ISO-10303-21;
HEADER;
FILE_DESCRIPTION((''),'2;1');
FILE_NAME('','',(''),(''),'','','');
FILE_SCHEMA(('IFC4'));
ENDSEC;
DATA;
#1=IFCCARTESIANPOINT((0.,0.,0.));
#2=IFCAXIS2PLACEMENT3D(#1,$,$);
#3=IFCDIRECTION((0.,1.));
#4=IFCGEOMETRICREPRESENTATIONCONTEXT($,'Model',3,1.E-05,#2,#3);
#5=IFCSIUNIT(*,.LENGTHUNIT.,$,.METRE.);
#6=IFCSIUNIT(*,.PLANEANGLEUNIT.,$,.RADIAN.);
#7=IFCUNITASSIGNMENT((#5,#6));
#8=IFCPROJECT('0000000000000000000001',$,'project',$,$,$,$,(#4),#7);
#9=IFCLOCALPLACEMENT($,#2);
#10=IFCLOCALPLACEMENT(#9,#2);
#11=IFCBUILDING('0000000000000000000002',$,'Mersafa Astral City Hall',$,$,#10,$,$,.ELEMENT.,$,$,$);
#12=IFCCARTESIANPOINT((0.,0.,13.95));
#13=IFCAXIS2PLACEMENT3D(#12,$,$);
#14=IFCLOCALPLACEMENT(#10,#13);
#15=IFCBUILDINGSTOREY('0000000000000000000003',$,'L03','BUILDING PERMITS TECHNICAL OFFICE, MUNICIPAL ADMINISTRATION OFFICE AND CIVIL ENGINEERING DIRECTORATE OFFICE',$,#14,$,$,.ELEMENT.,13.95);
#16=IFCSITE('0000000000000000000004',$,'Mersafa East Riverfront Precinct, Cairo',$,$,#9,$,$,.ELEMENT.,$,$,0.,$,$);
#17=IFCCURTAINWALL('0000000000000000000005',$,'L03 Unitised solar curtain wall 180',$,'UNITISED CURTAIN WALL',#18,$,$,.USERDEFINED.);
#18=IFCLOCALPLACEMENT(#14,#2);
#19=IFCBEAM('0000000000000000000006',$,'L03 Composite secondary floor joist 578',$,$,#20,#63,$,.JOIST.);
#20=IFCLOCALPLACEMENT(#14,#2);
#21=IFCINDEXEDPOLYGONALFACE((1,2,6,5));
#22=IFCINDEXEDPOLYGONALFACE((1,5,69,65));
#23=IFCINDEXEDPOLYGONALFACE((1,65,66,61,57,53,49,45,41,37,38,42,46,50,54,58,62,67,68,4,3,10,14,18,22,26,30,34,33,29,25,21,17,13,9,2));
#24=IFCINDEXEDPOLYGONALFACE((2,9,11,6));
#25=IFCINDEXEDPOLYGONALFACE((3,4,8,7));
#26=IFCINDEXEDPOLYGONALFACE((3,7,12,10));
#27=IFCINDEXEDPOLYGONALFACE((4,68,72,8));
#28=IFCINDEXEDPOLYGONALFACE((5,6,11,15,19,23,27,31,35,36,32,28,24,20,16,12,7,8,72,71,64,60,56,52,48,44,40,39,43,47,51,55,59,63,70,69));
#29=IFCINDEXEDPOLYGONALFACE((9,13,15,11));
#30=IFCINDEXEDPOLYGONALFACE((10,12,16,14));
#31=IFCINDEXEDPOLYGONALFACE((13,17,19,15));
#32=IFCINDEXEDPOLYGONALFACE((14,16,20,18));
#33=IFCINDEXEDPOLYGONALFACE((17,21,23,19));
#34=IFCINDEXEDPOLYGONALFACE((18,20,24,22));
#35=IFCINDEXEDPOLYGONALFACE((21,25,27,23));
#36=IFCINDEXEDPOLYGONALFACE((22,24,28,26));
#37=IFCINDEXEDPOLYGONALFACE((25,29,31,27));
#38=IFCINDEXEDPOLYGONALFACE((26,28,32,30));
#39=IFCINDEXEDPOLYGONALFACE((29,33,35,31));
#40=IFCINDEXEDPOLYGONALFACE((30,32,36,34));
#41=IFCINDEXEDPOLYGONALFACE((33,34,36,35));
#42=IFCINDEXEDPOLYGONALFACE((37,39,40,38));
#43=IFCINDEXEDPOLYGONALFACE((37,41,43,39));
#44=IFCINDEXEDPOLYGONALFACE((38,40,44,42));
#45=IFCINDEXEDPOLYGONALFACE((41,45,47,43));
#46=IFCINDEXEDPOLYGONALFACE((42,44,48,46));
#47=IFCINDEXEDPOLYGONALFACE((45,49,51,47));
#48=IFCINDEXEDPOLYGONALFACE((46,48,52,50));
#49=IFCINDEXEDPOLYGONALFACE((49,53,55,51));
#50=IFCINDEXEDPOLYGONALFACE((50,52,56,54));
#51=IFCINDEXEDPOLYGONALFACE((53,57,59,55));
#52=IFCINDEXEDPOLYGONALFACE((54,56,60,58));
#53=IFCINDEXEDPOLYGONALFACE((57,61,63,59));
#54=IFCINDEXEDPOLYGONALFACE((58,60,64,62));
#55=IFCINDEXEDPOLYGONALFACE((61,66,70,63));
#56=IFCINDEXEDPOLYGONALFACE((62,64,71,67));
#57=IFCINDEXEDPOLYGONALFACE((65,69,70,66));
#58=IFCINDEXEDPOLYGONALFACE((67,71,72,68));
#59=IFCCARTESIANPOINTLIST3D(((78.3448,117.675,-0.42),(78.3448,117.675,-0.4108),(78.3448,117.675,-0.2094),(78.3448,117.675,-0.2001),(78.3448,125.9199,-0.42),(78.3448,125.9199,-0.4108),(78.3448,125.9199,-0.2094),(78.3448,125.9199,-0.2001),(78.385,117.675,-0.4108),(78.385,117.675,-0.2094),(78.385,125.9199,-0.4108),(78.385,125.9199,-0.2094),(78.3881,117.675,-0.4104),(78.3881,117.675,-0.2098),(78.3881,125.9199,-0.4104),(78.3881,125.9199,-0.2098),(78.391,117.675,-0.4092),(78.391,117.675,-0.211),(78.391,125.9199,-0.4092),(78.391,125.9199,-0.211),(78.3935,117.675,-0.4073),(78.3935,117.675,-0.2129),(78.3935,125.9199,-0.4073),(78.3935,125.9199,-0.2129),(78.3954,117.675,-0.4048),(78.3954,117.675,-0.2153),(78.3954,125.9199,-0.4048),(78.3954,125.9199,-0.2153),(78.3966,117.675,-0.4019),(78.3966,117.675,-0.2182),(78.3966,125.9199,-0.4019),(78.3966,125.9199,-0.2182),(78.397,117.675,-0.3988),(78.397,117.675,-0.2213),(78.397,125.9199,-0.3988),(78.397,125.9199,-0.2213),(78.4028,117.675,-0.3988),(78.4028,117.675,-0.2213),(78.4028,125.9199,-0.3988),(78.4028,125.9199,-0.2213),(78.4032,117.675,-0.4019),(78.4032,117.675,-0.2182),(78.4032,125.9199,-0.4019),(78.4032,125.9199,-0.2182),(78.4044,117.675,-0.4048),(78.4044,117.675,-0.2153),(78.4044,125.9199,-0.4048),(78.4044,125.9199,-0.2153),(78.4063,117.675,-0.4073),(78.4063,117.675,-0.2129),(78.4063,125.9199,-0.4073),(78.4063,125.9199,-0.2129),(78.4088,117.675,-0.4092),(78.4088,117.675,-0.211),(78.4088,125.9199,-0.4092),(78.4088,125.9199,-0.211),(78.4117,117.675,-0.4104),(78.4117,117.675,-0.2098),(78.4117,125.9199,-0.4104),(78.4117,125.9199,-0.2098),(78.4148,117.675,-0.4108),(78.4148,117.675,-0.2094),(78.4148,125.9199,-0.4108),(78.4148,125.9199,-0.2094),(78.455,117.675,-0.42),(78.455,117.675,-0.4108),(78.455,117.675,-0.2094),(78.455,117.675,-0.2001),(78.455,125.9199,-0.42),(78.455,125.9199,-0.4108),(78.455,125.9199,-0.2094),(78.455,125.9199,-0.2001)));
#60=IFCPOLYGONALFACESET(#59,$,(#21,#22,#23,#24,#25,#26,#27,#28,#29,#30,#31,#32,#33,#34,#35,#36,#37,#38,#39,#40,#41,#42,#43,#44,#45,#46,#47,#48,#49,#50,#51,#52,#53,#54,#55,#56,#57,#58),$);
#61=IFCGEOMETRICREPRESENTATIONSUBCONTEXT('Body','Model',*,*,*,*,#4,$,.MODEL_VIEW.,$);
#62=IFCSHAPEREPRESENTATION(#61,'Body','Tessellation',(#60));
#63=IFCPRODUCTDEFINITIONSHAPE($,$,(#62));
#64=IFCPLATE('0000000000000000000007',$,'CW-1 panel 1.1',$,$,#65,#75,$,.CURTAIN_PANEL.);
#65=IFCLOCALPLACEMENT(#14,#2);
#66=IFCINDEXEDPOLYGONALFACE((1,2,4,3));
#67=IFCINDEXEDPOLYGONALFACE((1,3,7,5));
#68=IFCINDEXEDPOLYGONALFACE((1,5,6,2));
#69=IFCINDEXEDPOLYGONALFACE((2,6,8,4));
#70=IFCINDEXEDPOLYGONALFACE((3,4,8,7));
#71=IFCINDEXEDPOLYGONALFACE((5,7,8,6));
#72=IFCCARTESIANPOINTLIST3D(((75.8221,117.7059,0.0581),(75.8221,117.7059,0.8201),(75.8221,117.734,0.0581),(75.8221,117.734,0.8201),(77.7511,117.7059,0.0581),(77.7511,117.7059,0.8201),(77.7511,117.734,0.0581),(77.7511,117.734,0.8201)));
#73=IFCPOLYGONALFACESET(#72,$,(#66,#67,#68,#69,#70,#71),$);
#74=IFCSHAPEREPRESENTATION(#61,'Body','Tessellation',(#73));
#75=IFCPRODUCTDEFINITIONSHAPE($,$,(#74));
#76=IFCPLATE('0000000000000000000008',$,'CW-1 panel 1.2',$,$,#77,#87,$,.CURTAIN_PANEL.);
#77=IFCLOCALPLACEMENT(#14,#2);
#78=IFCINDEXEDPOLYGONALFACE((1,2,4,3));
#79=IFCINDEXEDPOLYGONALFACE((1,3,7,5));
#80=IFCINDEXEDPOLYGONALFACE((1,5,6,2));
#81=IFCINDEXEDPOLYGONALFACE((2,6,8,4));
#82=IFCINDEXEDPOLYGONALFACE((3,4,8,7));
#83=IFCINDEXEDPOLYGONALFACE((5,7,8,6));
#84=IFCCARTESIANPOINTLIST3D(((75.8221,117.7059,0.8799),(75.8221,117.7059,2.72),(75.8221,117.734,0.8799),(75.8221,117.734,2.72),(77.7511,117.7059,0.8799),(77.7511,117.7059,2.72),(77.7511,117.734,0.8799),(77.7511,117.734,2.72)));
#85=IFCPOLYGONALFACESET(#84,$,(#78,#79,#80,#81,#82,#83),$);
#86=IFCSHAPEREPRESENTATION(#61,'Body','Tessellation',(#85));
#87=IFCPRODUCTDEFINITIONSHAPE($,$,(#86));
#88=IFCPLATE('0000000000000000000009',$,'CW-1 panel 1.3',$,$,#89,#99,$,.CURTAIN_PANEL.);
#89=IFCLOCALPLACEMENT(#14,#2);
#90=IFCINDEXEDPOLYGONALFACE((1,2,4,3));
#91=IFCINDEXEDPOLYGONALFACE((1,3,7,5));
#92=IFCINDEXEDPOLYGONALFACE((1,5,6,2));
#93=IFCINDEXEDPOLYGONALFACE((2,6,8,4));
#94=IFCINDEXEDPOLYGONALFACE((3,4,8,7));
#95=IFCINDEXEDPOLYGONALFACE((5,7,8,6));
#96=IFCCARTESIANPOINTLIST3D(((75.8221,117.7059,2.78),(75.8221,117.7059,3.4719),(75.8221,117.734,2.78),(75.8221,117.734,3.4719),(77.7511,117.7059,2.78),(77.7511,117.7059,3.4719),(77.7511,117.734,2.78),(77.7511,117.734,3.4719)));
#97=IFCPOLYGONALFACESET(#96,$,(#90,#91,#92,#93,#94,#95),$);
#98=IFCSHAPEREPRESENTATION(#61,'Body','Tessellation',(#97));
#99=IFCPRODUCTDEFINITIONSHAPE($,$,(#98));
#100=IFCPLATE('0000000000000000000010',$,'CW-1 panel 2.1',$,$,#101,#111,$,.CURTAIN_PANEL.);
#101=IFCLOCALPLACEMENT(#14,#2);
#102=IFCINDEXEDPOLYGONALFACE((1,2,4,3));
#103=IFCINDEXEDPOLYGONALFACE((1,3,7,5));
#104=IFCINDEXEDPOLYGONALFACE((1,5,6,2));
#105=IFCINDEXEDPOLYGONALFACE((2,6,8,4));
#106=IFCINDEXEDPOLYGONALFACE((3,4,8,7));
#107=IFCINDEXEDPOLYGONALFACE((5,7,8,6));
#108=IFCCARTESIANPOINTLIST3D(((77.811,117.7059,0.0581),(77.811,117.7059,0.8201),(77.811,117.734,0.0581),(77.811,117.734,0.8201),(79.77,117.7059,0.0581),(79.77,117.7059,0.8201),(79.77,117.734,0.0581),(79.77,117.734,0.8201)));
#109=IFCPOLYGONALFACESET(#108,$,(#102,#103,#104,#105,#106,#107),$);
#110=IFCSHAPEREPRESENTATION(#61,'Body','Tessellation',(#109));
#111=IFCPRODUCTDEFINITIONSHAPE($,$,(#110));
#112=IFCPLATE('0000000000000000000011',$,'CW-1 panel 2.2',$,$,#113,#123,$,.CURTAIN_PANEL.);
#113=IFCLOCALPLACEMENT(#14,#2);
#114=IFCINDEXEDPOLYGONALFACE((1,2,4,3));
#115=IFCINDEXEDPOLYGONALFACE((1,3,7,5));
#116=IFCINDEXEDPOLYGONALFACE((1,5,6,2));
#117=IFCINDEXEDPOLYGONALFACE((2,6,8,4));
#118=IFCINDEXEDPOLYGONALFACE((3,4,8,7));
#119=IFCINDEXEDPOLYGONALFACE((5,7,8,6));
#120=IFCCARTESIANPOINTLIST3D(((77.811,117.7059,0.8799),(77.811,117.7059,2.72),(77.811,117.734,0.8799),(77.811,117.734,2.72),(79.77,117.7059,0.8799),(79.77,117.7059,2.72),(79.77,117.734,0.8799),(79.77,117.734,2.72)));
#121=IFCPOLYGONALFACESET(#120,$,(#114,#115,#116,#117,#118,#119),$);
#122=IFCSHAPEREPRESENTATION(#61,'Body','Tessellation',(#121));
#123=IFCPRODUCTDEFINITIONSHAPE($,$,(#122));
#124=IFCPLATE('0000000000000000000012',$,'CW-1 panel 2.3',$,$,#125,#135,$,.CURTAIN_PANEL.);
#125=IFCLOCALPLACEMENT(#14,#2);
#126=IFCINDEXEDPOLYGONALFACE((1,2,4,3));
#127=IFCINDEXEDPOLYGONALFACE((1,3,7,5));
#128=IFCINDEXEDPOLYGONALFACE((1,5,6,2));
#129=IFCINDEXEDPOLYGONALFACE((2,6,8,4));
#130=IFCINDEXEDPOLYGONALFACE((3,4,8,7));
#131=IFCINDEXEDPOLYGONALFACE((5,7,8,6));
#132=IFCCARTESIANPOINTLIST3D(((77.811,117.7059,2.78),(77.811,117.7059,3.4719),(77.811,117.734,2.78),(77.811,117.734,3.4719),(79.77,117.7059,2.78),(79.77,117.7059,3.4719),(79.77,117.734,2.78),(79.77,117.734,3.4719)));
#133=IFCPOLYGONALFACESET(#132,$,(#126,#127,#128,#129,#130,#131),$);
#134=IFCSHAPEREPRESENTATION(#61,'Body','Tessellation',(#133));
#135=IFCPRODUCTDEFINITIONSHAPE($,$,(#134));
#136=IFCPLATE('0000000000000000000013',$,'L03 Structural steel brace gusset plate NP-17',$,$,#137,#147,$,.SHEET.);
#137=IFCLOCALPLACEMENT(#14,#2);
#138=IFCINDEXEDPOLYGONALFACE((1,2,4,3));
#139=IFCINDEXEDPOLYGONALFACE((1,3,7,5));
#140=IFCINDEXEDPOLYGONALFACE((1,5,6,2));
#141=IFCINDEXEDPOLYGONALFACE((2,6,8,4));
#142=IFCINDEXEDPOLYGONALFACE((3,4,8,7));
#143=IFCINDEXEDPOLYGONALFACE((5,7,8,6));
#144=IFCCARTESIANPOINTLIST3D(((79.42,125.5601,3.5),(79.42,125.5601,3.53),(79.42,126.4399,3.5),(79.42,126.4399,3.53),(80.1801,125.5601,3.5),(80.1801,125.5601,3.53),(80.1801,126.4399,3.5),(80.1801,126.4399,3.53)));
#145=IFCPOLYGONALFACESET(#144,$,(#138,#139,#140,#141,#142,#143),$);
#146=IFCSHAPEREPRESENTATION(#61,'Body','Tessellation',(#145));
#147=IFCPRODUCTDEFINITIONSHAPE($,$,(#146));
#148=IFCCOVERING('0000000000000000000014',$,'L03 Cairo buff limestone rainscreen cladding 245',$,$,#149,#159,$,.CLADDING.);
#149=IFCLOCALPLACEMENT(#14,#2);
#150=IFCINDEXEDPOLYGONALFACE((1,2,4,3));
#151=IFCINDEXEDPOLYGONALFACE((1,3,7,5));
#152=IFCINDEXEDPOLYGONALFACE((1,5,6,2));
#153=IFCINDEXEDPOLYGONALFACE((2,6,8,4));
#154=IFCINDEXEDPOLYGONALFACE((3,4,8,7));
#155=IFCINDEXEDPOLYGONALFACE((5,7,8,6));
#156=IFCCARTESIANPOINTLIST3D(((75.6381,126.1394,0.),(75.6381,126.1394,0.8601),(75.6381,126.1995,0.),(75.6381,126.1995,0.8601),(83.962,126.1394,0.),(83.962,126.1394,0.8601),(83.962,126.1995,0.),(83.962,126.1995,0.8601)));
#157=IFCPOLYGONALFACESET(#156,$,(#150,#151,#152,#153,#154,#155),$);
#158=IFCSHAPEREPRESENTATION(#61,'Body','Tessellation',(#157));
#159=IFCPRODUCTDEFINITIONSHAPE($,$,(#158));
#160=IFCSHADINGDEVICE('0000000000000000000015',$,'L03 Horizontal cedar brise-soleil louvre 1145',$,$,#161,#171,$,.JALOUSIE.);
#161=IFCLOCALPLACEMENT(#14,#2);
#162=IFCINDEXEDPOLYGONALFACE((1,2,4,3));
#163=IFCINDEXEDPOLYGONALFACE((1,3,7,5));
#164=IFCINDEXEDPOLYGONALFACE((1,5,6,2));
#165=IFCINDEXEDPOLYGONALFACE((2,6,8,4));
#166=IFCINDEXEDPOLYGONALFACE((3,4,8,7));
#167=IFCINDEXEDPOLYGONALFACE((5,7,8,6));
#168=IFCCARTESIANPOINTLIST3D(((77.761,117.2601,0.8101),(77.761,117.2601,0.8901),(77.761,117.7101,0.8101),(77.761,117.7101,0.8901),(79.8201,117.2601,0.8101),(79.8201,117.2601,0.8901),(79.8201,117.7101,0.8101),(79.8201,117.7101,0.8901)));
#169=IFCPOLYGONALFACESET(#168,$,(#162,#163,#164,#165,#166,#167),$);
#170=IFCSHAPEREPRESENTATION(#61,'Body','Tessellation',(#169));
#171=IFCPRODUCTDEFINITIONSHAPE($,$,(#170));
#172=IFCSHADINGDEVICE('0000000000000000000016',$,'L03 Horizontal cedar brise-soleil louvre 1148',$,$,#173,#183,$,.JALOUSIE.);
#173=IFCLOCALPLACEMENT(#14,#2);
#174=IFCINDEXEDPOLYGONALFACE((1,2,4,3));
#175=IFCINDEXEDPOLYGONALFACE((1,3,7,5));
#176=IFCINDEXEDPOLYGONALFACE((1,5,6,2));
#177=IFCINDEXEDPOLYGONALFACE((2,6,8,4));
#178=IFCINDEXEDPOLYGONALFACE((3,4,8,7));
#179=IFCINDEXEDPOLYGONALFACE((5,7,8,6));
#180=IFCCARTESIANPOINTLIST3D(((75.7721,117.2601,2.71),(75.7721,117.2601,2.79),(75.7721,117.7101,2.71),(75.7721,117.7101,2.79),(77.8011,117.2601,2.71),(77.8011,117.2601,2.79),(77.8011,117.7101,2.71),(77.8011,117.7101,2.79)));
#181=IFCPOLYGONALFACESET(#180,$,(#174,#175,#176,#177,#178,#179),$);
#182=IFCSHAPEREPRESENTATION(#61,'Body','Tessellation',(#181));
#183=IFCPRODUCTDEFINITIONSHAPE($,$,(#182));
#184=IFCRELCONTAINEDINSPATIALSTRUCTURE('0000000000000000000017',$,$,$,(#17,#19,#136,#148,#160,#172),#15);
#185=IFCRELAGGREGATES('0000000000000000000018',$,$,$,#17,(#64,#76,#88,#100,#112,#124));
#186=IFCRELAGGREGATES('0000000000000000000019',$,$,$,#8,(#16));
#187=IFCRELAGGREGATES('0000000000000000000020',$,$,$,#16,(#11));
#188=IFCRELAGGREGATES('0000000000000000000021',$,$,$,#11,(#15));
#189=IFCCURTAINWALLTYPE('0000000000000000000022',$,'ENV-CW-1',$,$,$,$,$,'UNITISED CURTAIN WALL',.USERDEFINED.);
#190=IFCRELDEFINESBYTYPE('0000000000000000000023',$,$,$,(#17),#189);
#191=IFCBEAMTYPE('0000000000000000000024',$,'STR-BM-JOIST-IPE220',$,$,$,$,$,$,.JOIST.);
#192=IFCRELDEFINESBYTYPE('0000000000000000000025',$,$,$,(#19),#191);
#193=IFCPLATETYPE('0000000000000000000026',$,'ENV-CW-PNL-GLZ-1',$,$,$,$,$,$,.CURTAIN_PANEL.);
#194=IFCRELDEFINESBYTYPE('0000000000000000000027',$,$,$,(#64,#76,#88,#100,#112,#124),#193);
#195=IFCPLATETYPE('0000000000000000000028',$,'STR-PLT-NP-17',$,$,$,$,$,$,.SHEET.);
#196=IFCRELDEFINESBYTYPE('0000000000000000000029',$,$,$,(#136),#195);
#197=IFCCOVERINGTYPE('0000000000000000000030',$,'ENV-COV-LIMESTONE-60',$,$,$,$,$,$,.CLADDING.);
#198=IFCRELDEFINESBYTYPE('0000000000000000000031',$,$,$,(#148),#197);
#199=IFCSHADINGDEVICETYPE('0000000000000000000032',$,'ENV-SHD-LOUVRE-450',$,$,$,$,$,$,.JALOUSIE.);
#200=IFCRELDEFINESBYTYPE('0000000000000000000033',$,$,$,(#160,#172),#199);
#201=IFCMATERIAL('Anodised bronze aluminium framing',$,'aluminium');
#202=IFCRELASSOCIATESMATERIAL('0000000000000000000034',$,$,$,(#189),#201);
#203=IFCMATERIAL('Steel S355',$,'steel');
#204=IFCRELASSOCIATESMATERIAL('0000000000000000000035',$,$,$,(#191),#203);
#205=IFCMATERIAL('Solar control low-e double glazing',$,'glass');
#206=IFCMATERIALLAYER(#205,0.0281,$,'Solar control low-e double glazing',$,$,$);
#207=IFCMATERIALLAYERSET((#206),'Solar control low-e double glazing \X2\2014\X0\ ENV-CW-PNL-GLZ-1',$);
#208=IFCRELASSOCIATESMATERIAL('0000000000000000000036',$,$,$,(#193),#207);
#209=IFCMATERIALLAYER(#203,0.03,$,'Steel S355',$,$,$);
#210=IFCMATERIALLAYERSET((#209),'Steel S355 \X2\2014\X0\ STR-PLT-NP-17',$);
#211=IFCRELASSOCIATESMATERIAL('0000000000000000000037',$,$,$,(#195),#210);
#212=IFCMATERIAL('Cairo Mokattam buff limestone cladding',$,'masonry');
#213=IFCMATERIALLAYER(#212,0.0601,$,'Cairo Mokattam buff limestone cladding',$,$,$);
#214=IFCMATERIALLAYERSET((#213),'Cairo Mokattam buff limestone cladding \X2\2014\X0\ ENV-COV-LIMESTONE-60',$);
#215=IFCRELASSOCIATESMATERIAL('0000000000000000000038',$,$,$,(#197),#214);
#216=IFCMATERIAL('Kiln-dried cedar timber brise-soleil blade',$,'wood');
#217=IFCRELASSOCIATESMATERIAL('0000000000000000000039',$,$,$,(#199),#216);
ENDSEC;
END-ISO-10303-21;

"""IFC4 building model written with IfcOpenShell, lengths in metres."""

from ifc_helpers import new_model, si_unit, direction, frame, origin, origin_2d, place, context, subcontext, project, spatial, rectangle, i_section, extrude, material, layer, layer_set, material_profile, profile_set, type_object, element, aggregate, save


model = new_model("IFC4")

# Units and contexts
model_context = context("Model", 3, precision=1e-05, world=origin(), true_north=direction((0.0, 1.0)))
body_context = subcontext(model_context, "Body", "Model", "MODEL_VIEW")
ifc_project = project(units=[si_unit("LENGTHUNIT", "METRE"), si_unit("PLANEANGLEUNIT", "RADIAN")], contexts=[model_context])

# Site, building, storey
site_placement = place(None, origin())
site = spatial("IfcSite", under=ifc_project, at=site_placement, Name="Mersafa East Riverfront Precinct, Cairo", CompositionType="ELEMENT", RefElevation=0.0)
building_placement = place(site_placement, origin())
building = spatial("IfcBuilding", under=site, at=building_placement, Name="Mersafa Astral City Hall", CompositionType="ELEMENT")
storey_placement = place(building_placement, frame((0.0, 0.0, 13.95)))
storey = spatial("IfcBuildingStorey", under=building, at=storey_placement, Name="L03", Description="BUILDING PERMITS TECHNICAL OFFICE, MUNICIPAL ADMINISTRATION OFFICE AND CIVIL ENGINEERING DIRECTORATE OFFICE", CompositionType="ELEMENT", Elevation=13.95)

# Curtain wall
ifc_material_1 = material(Name="Anodised bronze aluminium framing", Category="aluminium")
curtain_wall_type = type_object("IfcCurtainWallType", Name="ENV-CW-1", ElementType="UNITISED CURTAIN WALL", PredefinedType="USERDEFINED", material=ifc_material_1)
curtain_wall_placement = place(storey_placement, origin())
curtain_wall = element("IfcCurtainWall", 1, at=curtain_wall_placement, inside=storey, type_object=curtain_wall_type, Name="L03 Unitised solar curtain wall 180", ObjectType="UNITISED CURTAIN WALL", PredefinedType="USERDEFINED")

# Beam
ifc_material_2 = material(Name="Steel S355", Category="steel")
ifc_material_profile_1 = material_profile(ifc_material_2, i_section(OverallWidth=0.1101, OverallDepth=0.22, WebThickness=0.0059, FlangeThickness=0.0093, FilletRadius=0.012, at=origin_2d()), Name="IPE 220")
ifc_profile_set_1 = profile_set([ifc_material_profile_1], Name="Steel S355")
beam_type = type_object("IfcBeamType", Name="STR-BM-JOIST-IPE220", PredefinedType="JOIST", material=ifc_profile_set_1)
beam_placement = place(storey_placement, frame((78.3999, 117.675, -0.3101), z_axis=(0.0, 1.0, 0.0), x_axis=(-1.0, 0.0, 0.0)))
element("IfcBeam", 2, at=beam_placement, inside=storey, type_object=beam_type, Name="L03 Composite secondary floor joist 578", PredefinedType="JOIST", context=body_context, shape_type="SweptSolid", body=[
    extrude(i_section(OverallWidth=0.1101, OverallDepth=0.22, WebThickness=0.0059, FlangeThickness=0.0093, FilletRadius=0.012, at=origin_2d()), origin(), (0.0, 0.0, 1.0), 8.2449),
])

# Plates
ifc_material_3 = material(Name="Solar control low-e double glazing", Category="glass")
ifc_layer_1 = layer(ifc_material_3, 0.0281, Name="Solar control low-e double glazing")
ifc_layer_set_1 = layer_set([ifc_layer_1], Name="Solar control low-e double glazing — ENV-CW-PNL-GLZ-1")
plate_type_1 = type_object("IfcPlateType", Name="ENV-CW-PNL-GLZ-1", PredefinedType="CURTAIN_PANEL", material=ifc_layer_set_1)
plate_1_placement = place(storey_placement, frame((76.7866, 117.72, 0.0581), z_axis=(0.0, 0.0, 1.0), x_axis=(1.0, 0.0, 0.0)))
plate_1 = element("IfcPlate", 3, at=plate_1_placement, type_object=plate_type_1, Name="CW-1 panel 1.1", PredefinedType="CURTAIN_PANEL", context=body_context, shape_type="SweptSolid", body=[
    extrude(rectangle(XDim=1.929, YDim=0.0281, at=origin_2d()), origin(), (0.0, 0.0, 1.0), 0.762),
])
plate_2_placement = place(storey_placement, frame((76.7866, 117.72, 0.8799), z_axis=(0.0, 0.0, 1.0), x_axis=(1.0, 0.0, 0.0)))
plate_2 = element("IfcPlate", 4, at=plate_2_placement, type_object=plate_type_1, Name="CW-1 panel 1.2", PredefinedType="CURTAIN_PANEL", context=body_context, shape_type="SweptSolid", body=[
    extrude(rectangle(XDim=1.929, YDim=0.0281, at=origin_2d()), origin(), (0.0, 0.0, 1.0), 1.8401),
])
plate_3_placement = place(storey_placement, frame((76.7866, 117.72, 2.78), z_axis=(0.0, 0.0, 1.0), x_axis=(1.0, 0.0, 0.0)))
plate_3 = element("IfcPlate", 5, at=plate_3_placement, type_object=plate_type_1, Name="CW-1 panel 1.3", PredefinedType="CURTAIN_PANEL", context=body_context, shape_type="SweptSolid", body=[
    extrude(rectangle(XDim=1.929, YDim=0.0281, at=origin_2d()), origin(), (0.0, 0.0, 1.0), 0.6919),
])
plate_4_placement = place(storey_placement, frame((78.7905, 117.72, 0.0581), z_axis=(0.0, 0.0, 1.0), x_axis=(1.0, 0.0, 0.0)))
plate_4 = element("IfcPlate", 6, at=plate_4_placement, type_object=plate_type_1, Name="CW-1 panel 2.1", PredefinedType="CURTAIN_PANEL", context=body_context, shape_type="SweptSolid", body=[
    extrude(rectangle(XDim=1.959, YDim=0.0281, at=origin_2d()), origin(), (0.0, 0.0, 1.0), 0.762),
])
plate_5_placement = place(storey_placement, frame((78.7905, 117.72, 0.8799), z_axis=(0.0, 0.0, 1.0), x_axis=(1.0, 0.0, 0.0)))
plate_5 = element("IfcPlate", 7, at=plate_5_placement, type_object=plate_type_1, Name="CW-1 panel 2.2", PredefinedType="CURTAIN_PANEL", context=body_context, shape_type="SweptSolid", body=[
    extrude(rectangle(XDim=1.959, YDim=0.0281, at=origin_2d()), origin(), (0.0, 0.0, 1.0), 1.8401),
])
plate_6_placement = place(storey_placement, frame((78.7905, 117.72, 2.78), z_axis=(0.0, 0.0, 1.0), x_axis=(1.0, 0.0, 0.0)))
plate_6 = element("IfcPlate", 8, at=plate_6_placement, type_object=plate_type_1, Name="CW-1 panel 2.3", PredefinedType="CURTAIN_PANEL", context=body_context, shape_type="SweptSolid", body=[
    extrude(rectangle(XDim=1.959, YDim=0.0281, at=origin_2d()), origin(), (0.0, 0.0, 1.0), 0.6919),
])
aggregate(curtain_wall, [plate_1, plate_2, plate_3, plate_4, plate_5, plate_6])
ifc_layer_2 = layer(ifc_material_2, 0.03, Name="Steel S355")
ifc_layer_set_2 = layer_set([ifc_layer_2], Name="Steel S355 — STR-PLT-NP-17")
plate_type_2 = type_object("IfcPlateType", Name="STR-PLT-NP-17", PredefinedType="SHEET", material=ifc_layer_set_2)
plate_7_placement = place(storey_placement, frame((79.8, 126.0, 3.5), z_axis=(0.0, 0.0, 1.0), x_axis=(1.0, 0.0, 0.0)))
element("IfcPlate", 9, at=plate_7_placement, inside=storey, type_object=plate_type_2, Name="L03 Structural steel brace gusset plate NP-17", PredefinedType="SHEET", context=body_context, shape_type="SweptSolid", body=[
    extrude(rectangle(XDim=0.76, YDim=0.8799, at=origin_2d()), origin(), (0.0, 0.0, 1.0), 0.03),
])

# Covering
ifc_material_4 = material(Name="Cairo Mokattam buff limestone cladding", Category="masonry")
ifc_layer_3 = layer(ifc_material_4, 0.0601, Name="Cairo Mokattam buff limestone cladding")
ifc_layer_set_3 = layer_set([ifc_layer_3], Name="Cairo Mokattam buff limestone cladding — ENV-COV-LIMESTONE-60")
covering_type = type_object("IfcCoveringType", Name="ENV-COV-LIMESTONE-60", PredefinedType="CLADDING", material=ifc_layer_set_3)
covering_placement = place(storey_placement, frame((79.8, 126.1694, 0.0), z_axis=(0.0, 0.0, 1.0), x_axis=(-1.0, 0.0, 0.0)))
element("IfcCovering", 10, at=covering_placement, inside=storey, type_object=covering_type, Name="L03 Cairo buff limestone rainscreen cladding 245", PredefinedType="CLADDING", context=body_context, shape_type="SweptSolid", body=[
    extrude(rectangle(XDim=8.324, YDim=0.0601, at=origin_2d()), origin(), (0.0, 0.0, 1.0), 0.8601),
])

# Shading devices
ifc_material_5 = material(Name="Kiln-dried cedar timber brise-soleil blade", Category="wood")
shading_device_type = type_object("IfcShadingDeviceType", Name="ENV-SHD-LOUVRE-450", PredefinedType="JALOUSIE", material=ifc_material_5)
shading_device_1_placement = place(storey_placement, frame((78.7905, 117.4851, 0.8101), z_axis=(0.0, 0.0, 1.0), x_axis=(1.0, 0.0, 0.0)))
element("IfcShadingDevice", 11, at=shading_device_1_placement, inside=storey, type_object=shading_device_type, Name="L03 Horizontal cedar brise-soleil louvre 1145", PredefinedType="JALOUSIE", context=body_context, shape_type="SweptSolid", body=[
    extrude(rectangle(XDim=2.0591, YDim=0.45, at=origin_2d()), origin(), (0.0, 0.0, 1.0), 0.0801),
])
shading_device_2_placement = place(storey_placement, frame((76.7866, 117.4851, 2.71), z_axis=(0.0, 0.0, 1.0), x_axis=(1.0, 0.0, 0.0)))
element("IfcShadingDevice", 12, at=shading_device_2_placement, inside=storey, type_object=shading_device_type, Name="L03 Horizontal cedar brise-soleil louvre 1148", PredefinedType="JALOUSIE", context=body_context, shape_type="SweptSolid", body=[
    extrude(rectangle(XDim=2.0291, YDim=0.45, at=origin_2d()), origin(), (0.0, 0.0, 1.0), 0.0801),
])

save(model, "model.ifc")
